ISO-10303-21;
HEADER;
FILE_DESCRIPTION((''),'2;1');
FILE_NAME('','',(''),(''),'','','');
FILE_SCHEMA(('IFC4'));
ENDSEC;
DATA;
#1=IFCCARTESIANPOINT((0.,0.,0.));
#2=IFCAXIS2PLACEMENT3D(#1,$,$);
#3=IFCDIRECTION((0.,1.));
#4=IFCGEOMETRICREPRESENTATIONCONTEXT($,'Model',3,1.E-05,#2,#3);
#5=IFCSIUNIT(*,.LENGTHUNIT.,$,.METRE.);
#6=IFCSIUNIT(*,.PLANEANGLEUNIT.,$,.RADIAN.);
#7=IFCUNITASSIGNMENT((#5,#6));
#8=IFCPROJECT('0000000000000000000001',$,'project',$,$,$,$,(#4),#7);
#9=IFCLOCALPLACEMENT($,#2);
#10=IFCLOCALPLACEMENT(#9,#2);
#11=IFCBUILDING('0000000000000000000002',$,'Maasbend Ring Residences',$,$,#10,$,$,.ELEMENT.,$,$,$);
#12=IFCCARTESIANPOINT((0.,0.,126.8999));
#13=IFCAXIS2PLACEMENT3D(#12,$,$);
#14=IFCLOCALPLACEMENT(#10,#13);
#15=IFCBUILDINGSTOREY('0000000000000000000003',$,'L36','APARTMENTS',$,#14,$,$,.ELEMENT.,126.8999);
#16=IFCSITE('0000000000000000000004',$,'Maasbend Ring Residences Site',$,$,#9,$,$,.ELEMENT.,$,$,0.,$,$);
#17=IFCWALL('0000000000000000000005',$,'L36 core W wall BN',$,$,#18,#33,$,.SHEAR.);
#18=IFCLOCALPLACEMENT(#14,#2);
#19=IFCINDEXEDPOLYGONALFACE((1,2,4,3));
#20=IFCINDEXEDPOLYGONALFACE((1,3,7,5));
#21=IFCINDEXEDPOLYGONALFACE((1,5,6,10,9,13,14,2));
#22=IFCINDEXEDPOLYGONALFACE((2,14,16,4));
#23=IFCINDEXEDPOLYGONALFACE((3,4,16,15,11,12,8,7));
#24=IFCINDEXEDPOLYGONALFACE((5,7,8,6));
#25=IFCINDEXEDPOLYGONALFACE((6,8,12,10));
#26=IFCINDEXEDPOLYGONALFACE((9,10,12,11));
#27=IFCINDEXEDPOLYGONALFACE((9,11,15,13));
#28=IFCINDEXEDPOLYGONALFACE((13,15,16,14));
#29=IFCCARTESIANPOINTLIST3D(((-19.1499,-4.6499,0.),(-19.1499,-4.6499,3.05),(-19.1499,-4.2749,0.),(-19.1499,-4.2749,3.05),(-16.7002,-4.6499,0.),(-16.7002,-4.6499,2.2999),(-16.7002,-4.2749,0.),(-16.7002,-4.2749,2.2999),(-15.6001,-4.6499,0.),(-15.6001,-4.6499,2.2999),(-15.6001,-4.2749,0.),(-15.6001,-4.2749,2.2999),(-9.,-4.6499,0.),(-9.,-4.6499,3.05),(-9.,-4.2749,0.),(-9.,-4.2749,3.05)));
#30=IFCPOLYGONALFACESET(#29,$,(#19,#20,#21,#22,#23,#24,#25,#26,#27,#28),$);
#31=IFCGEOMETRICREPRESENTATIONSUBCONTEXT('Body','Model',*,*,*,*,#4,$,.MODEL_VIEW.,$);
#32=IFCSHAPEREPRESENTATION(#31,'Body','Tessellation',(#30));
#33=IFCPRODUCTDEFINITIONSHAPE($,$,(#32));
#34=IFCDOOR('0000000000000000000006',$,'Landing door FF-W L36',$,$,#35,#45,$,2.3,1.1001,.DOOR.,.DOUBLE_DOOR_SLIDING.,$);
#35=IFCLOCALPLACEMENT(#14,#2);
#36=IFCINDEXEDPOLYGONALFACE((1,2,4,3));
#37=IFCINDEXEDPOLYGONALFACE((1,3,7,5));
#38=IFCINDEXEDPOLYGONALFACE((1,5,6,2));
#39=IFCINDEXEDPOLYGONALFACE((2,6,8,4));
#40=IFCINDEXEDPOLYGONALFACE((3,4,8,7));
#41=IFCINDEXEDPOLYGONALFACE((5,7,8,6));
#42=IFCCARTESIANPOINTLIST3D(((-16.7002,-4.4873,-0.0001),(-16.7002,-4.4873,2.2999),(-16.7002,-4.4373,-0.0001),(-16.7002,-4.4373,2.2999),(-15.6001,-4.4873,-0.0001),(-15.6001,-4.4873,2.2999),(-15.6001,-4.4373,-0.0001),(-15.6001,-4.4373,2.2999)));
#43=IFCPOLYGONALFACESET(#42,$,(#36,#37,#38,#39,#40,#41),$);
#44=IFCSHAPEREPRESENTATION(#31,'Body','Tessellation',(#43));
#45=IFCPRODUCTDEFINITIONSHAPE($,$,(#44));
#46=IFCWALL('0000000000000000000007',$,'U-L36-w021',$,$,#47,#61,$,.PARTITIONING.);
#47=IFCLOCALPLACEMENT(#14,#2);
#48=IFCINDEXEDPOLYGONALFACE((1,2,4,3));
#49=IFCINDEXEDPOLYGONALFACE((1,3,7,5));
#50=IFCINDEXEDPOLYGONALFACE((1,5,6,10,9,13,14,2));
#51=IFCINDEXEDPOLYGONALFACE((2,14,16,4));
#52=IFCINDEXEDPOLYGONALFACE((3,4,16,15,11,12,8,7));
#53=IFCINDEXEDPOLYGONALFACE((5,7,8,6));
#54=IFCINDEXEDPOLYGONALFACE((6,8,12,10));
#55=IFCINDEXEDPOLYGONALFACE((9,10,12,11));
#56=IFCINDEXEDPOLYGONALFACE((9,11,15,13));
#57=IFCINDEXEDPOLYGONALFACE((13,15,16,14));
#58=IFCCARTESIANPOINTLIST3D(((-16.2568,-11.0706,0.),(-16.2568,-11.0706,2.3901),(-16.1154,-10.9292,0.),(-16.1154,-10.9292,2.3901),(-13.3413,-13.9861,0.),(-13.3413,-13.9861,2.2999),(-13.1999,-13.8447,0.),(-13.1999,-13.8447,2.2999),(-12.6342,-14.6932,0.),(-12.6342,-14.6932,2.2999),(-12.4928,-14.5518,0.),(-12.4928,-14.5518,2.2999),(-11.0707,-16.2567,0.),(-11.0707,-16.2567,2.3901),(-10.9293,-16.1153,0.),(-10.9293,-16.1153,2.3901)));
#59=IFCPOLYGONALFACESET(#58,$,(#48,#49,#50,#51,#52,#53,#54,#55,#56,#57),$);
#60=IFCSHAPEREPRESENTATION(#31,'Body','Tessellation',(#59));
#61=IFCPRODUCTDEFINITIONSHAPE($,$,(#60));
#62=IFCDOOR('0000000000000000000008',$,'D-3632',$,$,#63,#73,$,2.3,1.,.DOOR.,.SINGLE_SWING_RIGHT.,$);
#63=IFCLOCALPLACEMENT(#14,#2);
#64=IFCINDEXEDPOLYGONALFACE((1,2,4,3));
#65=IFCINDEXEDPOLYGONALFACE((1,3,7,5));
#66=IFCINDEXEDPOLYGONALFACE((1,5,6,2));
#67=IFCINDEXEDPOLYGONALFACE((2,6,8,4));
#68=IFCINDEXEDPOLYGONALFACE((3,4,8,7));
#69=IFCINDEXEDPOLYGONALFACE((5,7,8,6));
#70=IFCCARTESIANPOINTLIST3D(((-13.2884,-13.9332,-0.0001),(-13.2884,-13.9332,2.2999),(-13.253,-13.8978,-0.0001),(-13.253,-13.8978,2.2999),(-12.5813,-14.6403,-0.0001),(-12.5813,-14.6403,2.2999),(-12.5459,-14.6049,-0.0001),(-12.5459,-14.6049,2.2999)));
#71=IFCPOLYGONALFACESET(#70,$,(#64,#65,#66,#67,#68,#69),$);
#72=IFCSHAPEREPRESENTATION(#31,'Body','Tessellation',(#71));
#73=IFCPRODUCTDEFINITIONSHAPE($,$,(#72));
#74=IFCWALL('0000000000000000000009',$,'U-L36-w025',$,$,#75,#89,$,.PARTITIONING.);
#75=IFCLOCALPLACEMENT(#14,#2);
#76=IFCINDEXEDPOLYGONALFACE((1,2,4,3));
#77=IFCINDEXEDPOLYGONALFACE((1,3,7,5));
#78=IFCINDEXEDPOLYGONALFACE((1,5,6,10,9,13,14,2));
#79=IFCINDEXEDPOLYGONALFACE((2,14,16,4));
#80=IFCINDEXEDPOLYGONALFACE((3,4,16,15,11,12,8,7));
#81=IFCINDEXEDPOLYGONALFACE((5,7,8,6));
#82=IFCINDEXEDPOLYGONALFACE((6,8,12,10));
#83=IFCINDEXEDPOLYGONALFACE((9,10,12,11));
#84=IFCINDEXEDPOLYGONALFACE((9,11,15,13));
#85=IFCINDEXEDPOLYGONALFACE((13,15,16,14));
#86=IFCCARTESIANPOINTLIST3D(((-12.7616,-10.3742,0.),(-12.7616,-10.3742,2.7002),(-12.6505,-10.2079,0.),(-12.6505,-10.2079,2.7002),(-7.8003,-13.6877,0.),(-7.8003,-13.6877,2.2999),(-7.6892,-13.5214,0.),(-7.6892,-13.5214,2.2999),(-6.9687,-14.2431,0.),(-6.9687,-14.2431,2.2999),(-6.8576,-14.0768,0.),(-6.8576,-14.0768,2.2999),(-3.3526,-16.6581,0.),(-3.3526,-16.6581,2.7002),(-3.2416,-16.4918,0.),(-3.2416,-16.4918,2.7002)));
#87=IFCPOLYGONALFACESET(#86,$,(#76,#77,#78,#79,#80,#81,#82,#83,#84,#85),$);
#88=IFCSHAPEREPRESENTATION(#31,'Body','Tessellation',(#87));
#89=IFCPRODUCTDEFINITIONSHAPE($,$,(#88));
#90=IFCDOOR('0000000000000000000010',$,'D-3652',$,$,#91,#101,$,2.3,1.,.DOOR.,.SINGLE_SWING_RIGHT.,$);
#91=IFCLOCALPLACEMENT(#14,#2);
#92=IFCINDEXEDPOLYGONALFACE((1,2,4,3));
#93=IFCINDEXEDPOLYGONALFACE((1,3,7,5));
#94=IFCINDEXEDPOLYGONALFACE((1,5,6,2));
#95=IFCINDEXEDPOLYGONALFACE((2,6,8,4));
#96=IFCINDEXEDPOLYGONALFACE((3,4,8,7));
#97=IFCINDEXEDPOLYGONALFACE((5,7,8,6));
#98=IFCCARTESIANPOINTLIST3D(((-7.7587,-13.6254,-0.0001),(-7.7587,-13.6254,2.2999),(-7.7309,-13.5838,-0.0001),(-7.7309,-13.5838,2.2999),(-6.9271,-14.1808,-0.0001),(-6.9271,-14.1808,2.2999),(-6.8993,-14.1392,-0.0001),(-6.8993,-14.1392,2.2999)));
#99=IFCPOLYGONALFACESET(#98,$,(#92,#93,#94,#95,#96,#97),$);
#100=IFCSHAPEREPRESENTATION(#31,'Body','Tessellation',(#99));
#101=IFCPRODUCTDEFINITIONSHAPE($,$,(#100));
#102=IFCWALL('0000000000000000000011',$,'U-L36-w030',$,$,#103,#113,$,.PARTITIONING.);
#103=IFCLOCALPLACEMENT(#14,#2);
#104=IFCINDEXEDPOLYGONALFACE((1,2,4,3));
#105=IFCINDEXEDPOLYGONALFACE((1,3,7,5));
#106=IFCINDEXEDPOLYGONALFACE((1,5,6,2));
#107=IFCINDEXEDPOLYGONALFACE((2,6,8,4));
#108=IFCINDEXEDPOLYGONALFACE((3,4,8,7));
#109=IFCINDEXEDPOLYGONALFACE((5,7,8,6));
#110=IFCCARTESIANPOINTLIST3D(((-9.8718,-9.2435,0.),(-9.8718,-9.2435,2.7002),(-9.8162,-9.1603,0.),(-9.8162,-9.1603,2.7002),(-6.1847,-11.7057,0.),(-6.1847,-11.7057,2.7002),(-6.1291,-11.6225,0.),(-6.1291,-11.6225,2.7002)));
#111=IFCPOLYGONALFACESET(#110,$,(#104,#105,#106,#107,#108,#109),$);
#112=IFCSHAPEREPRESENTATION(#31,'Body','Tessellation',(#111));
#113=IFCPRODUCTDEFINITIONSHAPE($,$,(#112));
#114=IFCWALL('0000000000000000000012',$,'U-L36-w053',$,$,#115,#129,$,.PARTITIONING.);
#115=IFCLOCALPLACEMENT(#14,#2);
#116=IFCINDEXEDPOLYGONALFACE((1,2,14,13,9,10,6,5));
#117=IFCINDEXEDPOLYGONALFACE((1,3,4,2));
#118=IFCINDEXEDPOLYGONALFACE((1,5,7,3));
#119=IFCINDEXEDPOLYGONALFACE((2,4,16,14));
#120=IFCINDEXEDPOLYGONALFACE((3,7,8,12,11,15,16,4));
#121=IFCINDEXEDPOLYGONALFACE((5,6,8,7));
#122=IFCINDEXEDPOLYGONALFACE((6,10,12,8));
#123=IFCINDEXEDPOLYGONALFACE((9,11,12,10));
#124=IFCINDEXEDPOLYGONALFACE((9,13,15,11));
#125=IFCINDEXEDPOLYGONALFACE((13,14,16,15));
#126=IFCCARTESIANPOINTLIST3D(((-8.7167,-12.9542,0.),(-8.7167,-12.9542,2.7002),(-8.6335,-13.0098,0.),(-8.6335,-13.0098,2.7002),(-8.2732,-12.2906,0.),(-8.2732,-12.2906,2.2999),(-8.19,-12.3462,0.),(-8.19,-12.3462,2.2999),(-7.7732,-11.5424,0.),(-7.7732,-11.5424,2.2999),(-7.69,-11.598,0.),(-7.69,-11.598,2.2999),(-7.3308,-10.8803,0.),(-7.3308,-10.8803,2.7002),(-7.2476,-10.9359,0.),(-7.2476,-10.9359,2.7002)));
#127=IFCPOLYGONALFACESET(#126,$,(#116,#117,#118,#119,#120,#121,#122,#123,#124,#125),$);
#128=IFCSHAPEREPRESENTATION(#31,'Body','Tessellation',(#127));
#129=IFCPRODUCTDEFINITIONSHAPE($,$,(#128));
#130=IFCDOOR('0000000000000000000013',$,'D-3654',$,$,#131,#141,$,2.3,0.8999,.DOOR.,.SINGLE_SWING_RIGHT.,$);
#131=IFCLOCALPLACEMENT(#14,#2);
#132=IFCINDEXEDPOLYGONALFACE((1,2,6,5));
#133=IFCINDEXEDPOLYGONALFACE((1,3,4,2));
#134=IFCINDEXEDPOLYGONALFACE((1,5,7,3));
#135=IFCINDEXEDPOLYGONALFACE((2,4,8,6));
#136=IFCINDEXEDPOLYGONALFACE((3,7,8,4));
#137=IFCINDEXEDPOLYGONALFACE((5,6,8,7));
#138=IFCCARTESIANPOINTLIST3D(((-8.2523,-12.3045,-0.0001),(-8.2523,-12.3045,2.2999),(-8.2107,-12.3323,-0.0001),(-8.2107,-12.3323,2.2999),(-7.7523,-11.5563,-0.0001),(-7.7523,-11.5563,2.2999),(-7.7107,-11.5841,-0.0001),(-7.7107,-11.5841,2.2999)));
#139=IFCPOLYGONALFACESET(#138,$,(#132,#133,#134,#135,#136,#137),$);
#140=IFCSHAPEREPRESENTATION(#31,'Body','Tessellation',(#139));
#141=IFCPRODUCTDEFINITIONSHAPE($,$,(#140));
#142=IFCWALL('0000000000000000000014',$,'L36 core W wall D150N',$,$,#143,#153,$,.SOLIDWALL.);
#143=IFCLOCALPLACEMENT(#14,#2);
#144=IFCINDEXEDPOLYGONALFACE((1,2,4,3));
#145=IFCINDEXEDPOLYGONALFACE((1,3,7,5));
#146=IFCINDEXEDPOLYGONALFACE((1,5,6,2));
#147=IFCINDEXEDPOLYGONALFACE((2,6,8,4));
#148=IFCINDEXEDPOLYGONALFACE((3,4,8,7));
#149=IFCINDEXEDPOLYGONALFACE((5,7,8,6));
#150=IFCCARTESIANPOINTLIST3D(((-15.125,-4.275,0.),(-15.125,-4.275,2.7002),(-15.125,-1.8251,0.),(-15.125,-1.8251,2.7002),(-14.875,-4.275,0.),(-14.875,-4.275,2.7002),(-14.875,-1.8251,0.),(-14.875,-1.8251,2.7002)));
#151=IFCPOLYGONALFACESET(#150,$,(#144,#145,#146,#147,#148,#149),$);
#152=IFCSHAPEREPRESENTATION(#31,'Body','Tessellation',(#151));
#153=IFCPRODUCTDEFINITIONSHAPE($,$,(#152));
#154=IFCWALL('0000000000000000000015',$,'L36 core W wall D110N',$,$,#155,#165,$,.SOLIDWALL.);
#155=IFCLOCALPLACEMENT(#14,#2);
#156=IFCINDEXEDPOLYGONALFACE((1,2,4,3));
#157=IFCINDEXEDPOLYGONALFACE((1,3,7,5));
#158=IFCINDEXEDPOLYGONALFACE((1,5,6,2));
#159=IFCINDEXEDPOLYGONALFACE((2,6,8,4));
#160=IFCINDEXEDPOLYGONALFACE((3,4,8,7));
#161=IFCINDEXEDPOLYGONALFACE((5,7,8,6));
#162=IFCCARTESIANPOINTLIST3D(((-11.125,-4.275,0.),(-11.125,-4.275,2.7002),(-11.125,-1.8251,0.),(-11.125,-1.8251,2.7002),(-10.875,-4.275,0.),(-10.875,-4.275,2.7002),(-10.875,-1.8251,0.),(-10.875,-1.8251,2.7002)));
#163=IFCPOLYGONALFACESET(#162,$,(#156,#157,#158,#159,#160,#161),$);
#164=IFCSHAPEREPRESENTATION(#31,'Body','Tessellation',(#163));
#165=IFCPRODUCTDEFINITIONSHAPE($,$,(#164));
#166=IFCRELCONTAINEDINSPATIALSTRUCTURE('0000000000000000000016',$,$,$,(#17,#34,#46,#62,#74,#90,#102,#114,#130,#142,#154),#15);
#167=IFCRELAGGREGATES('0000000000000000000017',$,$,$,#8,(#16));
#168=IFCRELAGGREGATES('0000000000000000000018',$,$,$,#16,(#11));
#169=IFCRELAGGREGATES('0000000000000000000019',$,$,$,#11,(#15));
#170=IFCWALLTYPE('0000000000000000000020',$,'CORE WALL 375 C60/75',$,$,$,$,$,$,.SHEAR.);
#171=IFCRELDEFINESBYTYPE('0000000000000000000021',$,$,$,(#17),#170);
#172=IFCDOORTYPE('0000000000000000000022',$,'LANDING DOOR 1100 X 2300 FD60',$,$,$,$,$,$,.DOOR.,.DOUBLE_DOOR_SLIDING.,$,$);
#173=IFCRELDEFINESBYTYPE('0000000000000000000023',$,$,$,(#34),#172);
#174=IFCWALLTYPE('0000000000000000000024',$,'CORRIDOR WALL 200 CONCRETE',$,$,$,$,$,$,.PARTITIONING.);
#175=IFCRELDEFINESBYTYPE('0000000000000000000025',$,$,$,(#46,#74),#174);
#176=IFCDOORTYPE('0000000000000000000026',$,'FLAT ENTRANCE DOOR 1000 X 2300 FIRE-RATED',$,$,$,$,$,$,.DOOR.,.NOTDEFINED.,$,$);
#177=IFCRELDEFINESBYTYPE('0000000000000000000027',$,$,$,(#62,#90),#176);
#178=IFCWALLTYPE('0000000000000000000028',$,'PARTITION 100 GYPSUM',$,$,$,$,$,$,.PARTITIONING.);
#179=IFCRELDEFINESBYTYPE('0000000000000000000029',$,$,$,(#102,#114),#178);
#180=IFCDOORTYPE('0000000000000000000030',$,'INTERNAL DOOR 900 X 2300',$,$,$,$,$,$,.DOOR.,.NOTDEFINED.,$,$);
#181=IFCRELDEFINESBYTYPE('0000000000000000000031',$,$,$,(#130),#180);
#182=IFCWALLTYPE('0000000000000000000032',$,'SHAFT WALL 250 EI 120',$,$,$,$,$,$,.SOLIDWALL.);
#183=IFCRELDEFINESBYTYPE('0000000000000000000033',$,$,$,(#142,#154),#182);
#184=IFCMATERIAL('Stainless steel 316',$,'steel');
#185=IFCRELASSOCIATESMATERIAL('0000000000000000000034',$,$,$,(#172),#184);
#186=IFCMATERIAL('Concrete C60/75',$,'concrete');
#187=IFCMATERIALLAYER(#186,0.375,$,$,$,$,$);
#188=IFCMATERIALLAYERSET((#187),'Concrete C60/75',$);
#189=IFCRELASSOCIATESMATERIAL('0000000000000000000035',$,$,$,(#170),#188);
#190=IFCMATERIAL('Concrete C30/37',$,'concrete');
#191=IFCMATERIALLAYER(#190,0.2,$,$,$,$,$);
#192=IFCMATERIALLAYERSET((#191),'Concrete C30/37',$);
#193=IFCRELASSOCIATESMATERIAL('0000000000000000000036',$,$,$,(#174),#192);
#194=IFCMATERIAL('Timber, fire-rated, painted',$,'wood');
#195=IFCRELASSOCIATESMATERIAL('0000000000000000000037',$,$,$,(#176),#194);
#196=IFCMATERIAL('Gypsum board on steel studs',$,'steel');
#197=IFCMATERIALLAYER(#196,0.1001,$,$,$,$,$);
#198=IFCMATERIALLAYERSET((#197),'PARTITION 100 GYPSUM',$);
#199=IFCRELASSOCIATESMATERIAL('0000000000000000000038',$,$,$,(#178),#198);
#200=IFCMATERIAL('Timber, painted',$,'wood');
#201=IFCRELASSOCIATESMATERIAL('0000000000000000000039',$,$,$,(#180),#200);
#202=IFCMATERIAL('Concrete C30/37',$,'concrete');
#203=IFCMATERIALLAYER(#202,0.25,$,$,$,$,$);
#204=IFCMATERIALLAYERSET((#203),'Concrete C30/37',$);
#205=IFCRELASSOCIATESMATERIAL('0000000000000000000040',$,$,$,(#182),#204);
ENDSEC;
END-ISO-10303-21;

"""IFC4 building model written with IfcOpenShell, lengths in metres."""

from ifc_helpers import new_model, si_unit, direction, frame, frame_2d, origin, place, context, subcontext, project, spatial, rectangle, extrude, material, layer, layer_set, type_object, element, fill, save


model = new_model("IFC4")

# Units and contexts
model_context = context("Model", 3, precision=1e-05, world=origin(), true_north=direction((0.0, 1.0)))
body_context = subcontext(model_context, "Body", "Model", "MODEL_VIEW")
ifc_project = project(units=[si_unit("LENGTHUNIT", "METRE"), si_unit("PLANEANGLEUNIT", "RADIAN")], contexts=[model_context])

# Site, building, storey
site_placement = place(None, origin())
site = spatial("IfcSite", under=ifc_project, at=site_placement, Name="Maasbend Ring Residences Site", CompositionType="ELEMENT", RefElevation=0.0)
building_placement = place(site_placement, origin())
building = spatial("IfcBuilding", under=site, at=building_placement, Name="Maasbend Ring Residences", CompositionType="ELEMENT")
storey_placement = place(building_placement, frame((0.0, 0.0, 126.8999)))
storey = spatial("IfcBuildingStorey", under=building, at=storey_placement, Name="L36", Description="APARTMENTS", CompositionType="ELEMENT", Elevation=126.8999)

# Shared definitions
ifc_material_1 = material(Name="Stainless steel 316", Category="steel")
door_type_1 = type_object("IfcDoorType", Name="LANDING DOOR 1100 X 2300 FD60", OperationType="DOUBLE_DOOR_SLIDING", PredefinedType="DOOR", material=ifc_material_1)

# Walls, openings, doors
ifc_material_2 = material(Name="Concrete C60/75", Category="concrete")
ifc_layer_1 = layer(ifc_material_2, 0.375)
ifc_layer_set_1 = layer_set([ifc_layer_1], Name="Concrete C60/75")
wall_type_1 = type_object("IfcWallType", Name="CORE WALL 375 C60/75", PredefinedType="SHEAR", material=ifc_layer_set_1)
wall_1_placement = place(storey_placement, frame((-9.0, -4.4624, 0.0), z_axis=(0.0, 0.0, 1.0), x_axis=(-1.0, 0.0, 0.0)))
wall_1 = element("IfcWall", 1, at=wall_1_placement, inside=storey, type_object=wall_type_1, Name="L36 core W wall BN", PredefinedType="SHEAR", context=body_context, shape_type="SweptSolid", body=[
    extrude(rectangle(XDim=10.1499, YDim=0.375, at=frame_2d((5.075, 0.0))), origin(), (0.0, 0.0, 1.0), 3.05),
])
opening_1_placement = place(wall_1_placement, frame((6.6001, 0.0, 0.0)))
opening_1 = element("IfcOpeningElement", 2, at=opening_1_placement, cuts=wall_1, PredefinedType="OPENING", context=body_context, shape_type="SweptSolid", body=[
    extrude(rectangle(XDim=1.1001, YDim=2.3, at=frame_2d((0.55, 1.1499))), frame((0.0, 0.1975, 0.0), z_axis=(0.0, -1.0, 0.0), x_axis=(1.0, 0.0, 0.0)), (0.0, 0.0, 1.0), 0.395),
])
door_1_placement = place(opening_1_placement, origin())
door_1 = element("IfcDoor", 3, at=door_1_placement, inside=storey, type_object=door_type_1, Name="Landing door FF-W L36", OperationType="DOUBLE_DOOR_SLIDING", OverallHeight=2.3, OverallWidth=1.1001, PredefinedType="DOOR", context=body_context, shape_type="SweptSolid", body=[
    extrude(rectangle(XDim=1.1001, YDim=2.3, at=frame_2d((0.55, 1.1499))), frame((0.0, 0.0249, 0.0), z_axis=(0.0, -1.0, 0.0), x_axis=(1.0, 0.0, 0.0)), (0.0, 0.0, 1.0), 0.05),
])
fill(opening_1, door_1)
ifc_material_3 = material(Name="Concrete C30/37", Category="concrete")
ifc_layer_2 = layer(ifc_material_3, 0.2)
ifc_layer_set_2 = layer_set([ifc_layer_2], Name="Concrete C30/37")
wall_type_2 = type_object("IfcWallType", Name="CORRIDOR WALL 200 CONCRETE", PredefinedType="PARTITIONING", material=ifc_layer_set_2)
wall_2_placement = place(storey_placement, frame((-16.186, -11.0, 0.0), z_axis=(0.0, 0.0, 1.0), x_axis=(0.707107, -0.707107, 0.0)))
wall_2 = element("IfcWall", 4, at=wall_2_placement, inside=storey, type_object=wall_type_2, Name="U-L36-w021", PredefinedType="PARTITIONING", context=body_context, shape_type="SweptSolid", body=[
    extrude(rectangle(XDim=7.3342, YDim=0.2, at=frame_2d((3.667, 0.0))), origin(), (0.0, 0.0, 1.0), 2.3901),
])
opening_2_placement = place(wall_2_placement, frame((4.123, 0.0, 0.0)))
opening_2 = element("IfcOpeningElement", 5, at=opening_2_placement, cuts=wall_2, PredefinedType="OPENING", context=body_context, shape_type="SweptSolid", body=[
    extrude(rectangle(XDim=1.0, YDim=2.3, at=frame_2d((0.5, 1.1499))), frame((0.0, 0.1099, 0.0), z_axis=(0.0, -1.0, 0.0), x_axis=(1.0, 0.0, 0.0)), (0.0, 0.0, 1.0), 0.22),
])
ifc_material_4 = material(Name="Timber, fire-rated, painted", Category="wood")
door_type_2 = type_object("IfcDoorType", Name="FLAT ENTRANCE DOOR 1000 X 2300 FIRE-RATED", OperationType="NOTDEFINED", PredefinedType="DOOR", material=ifc_material_4)
door_2_placement = place(opening_2_placement, origin())
door_2 = element("IfcDoor", 6, at=door_2_placement, inside=storey, type_object=door_type_2, Name="D-3632", OperationType="SINGLE_SWING_RIGHT", OverallHeight=2.3, OverallWidth=1.0, PredefinedType="DOOR", context=body_context, shape_type="SweptSolid", body=[
    extrude(rectangle(XDim=1.0, YDim=2.3, at=frame_2d((0.5, 1.1499))), frame((0.0, 0.0249, 0.0), z_axis=(0.0, -1.0, 0.0), x_axis=(1.0, 0.0, 0.0)), (0.0, 0.0, 1.0), 0.05),
])
fill(opening_2, door_2)
wall_3_placement = place(storey_placement, frame((-12.7061, -10.291, 0.0), z_axis=(0.0, 0.0, 1.0), x_axis=(0.831589, -0.555392, 0.0)))
wall_3 = element("IfcWall", 7, at=wall_3_placement, inside=storey, type_object=wall_type_2, Name="U-L36-w025", PredefinedType="PARTITIONING", context=body_context, shape_type="SweptSolid", body=[
    extrude(rectangle(XDim=11.3145, YDim=0.2, at=frame_2d((5.6572, 0.0))), origin(), (0.0, 0.0, 1.0), 2.7002),
])
opening_3_placement = place(wall_3_placement, frame((5.9661, 0.0, 0.0)))
opening_3 = element("IfcOpeningElement", 8, at=opening_3_placement, cuts=wall_3, PredefinedType="OPENING", context=body_context, shape_type="SweptSolid", body=[
    extrude(rectangle(XDim=1.0, YDim=2.3, at=frame_2d((0.5, 1.1499))), frame((0.0, 0.1099, 0.0), z_axis=(0.0, -1.0, 0.0), x_axis=(1.0, 0.0, 0.0)), (0.0, 0.0, 1.0), 0.22),
])
door_3_placement = place(opening_3_placement, origin())
door_3 = element("IfcDoor", 9, at=door_3_placement, inside=storey, type_object=door_type_2, Name="D-3652", OperationType="SINGLE_SWING_RIGHT", OverallHeight=2.3, OverallWidth=1.0, PredefinedType="DOOR", context=body_context, shape_type="SweptSolid", body=[
    extrude(rectangle(XDim=1.0, YDim=2.3, at=frame_2d((0.5, 1.1499))), frame((0.0, 0.0249, 0.0), z_axis=(0.0, -1.0, 0.0), x_axis=(1.0, 0.0, 0.0)), (0.0, 0.0, 1.0), 0.05),
])
fill(opening_3, door_3)

# Wall
ifc_material_5 = material(Name="Gypsum board on steel studs", Category="steel")
ifc_layer_3 = layer(ifc_material_5, 0.1001)
ifc_layer_set_3 = layer_set([ifc_layer_3], Name="PARTITION 100 GYPSUM")
wall_type_3 = type_object("IfcWallType", Name="PARTITION 100 GYPSUM", PredefinedType="PARTITIONING", material=ifc_layer_set_3)
wall_4_placement = place(storey_placement, frame((-9.844, -9.2019, 0.0), z_axis=(0.0, 0.0, 1.0), x_axis=(0.831618, -0.555348, 0.0)))
element("IfcWall", 10, at=wall_4_placement, inside=storey, type_object=wall_type_3, Name="U-L36-w030", PredefinedType="PARTITIONING", context=body_context, shape_type="SweptSolid", body=[
    extrude(rectangle(XDim=4.4336, YDim=0.1001, at=frame_2d((2.2168, 0.0))), origin(), (0.0, 0.0, 1.0), 2.7002),
])

# Wall, opening, door
wall_5_placement = place(storey_placement, frame((-8.675, -12.9819, 0.0), z_axis=(0.0, 0.0, 1.0), x_axis=(0.555626, 0.831432, 0.0)))
wall_5 = element("IfcWall", 11, at=wall_5_placement, inside=storey, type_object=wall_type_3, Name="U-L36-w053", PredefinedType="PARTITIONING", context=body_context, shape_type="SweptSolid", body=[
    extrude(rectangle(XDim=2.4944, YDim=0.1001, at=frame_2d((1.2471, 0.0))), origin(), (0.0, 0.0, 1.0), 2.7002),
])
opening_4_placement = place(wall_5_placement, frame((0.7981, 0.0, 0.0)))
opening_4 = element("IfcOpeningElement", 12, at=opening_4_placement, cuts=wall_5, PredefinedType="OPENING", context=body_context, shape_type="SweptSolid", body=[
    extrude(rectangle(XDim=0.8999, YDim=2.3, at=frame_2d((0.45, 1.1499))), frame((0.0, 0.0601, 0.0), z_axis=(0.0, -1.0, 0.0), x_axis=(1.0, 0.0, 0.0)), (0.0, 0.0, 1.0), 0.1201),
])
ifc_material_6 = material(Name="Timber, painted", Category="wood")
door_type_3 = type_object("IfcDoorType", Name="INTERNAL DOOR 900 X 2300", OperationType="NOTDEFINED", PredefinedType="DOOR", material=ifc_material_6)
door_4_placement = place(opening_4_placement, origin())
door_4 = element("IfcDoor", 13, at=door_4_placement, inside=storey, type_object=door_type_3, Name="D-3654", OperationType="SINGLE_SWING_RIGHT", OverallHeight=2.3, OverallWidth=0.8999, PredefinedType="DOOR", context=body_context, shape_type="SweptSolid", body=[
    extrude(rectangle(XDim=0.8999, YDim=2.3, at=frame_2d((0.45, 1.1499))), frame((0.0, 0.0249, 0.0), z_axis=(0.0, -1.0, 0.0), x_axis=(1.0, 0.0, 0.0)), (0.0, 0.0, 1.0), 0.05),
])
fill(opening_4, door_4)

# Walls
ifc_material_7 = material(Name="Concrete C30/37", Category="concrete")
ifc_layer_4 = layer(ifc_material_7, 0.25)
ifc_layer_set_4 = layer_set([ifc_layer_4], Name="Concrete C30/37")
wall_type_4 = type_object("IfcWallType", Name="SHAFT WALL 250 EI 120", PredefinedType="SOLIDWALL", material=ifc_layer_set_4)
for number, where, z_axis, x_axis, name in (
    (14, (-15.0, -1.825, 0.0), (0.0, 0.0, 1.0), (0.0, -1.0, 0.0), "L36 core W wall D150N"),
    (15, (-11.0, -1.825, 0.0), (0.0, 0.0, 1.0), (0.0, -1.0, 0.0), "L36 core W wall D110N"),
):
    element("IfcWall", number, at=place(storey_placement, frame(where, z_axis=z_axis, x_axis=x_axis)), inside=storey, type_object=wall_type_4, Name=name, PredefinedType="SOLIDWALL", context=body_context, shape_type="SweptSolid", body=[
        extrude(rectangle(XDim=2.45, YDim=0.25, at=frame_2d((1.2251, 0.0))), origin(), (0.0, 0.0, 1.0), 2.7002),
    ])

save(model, "model.ifc")
